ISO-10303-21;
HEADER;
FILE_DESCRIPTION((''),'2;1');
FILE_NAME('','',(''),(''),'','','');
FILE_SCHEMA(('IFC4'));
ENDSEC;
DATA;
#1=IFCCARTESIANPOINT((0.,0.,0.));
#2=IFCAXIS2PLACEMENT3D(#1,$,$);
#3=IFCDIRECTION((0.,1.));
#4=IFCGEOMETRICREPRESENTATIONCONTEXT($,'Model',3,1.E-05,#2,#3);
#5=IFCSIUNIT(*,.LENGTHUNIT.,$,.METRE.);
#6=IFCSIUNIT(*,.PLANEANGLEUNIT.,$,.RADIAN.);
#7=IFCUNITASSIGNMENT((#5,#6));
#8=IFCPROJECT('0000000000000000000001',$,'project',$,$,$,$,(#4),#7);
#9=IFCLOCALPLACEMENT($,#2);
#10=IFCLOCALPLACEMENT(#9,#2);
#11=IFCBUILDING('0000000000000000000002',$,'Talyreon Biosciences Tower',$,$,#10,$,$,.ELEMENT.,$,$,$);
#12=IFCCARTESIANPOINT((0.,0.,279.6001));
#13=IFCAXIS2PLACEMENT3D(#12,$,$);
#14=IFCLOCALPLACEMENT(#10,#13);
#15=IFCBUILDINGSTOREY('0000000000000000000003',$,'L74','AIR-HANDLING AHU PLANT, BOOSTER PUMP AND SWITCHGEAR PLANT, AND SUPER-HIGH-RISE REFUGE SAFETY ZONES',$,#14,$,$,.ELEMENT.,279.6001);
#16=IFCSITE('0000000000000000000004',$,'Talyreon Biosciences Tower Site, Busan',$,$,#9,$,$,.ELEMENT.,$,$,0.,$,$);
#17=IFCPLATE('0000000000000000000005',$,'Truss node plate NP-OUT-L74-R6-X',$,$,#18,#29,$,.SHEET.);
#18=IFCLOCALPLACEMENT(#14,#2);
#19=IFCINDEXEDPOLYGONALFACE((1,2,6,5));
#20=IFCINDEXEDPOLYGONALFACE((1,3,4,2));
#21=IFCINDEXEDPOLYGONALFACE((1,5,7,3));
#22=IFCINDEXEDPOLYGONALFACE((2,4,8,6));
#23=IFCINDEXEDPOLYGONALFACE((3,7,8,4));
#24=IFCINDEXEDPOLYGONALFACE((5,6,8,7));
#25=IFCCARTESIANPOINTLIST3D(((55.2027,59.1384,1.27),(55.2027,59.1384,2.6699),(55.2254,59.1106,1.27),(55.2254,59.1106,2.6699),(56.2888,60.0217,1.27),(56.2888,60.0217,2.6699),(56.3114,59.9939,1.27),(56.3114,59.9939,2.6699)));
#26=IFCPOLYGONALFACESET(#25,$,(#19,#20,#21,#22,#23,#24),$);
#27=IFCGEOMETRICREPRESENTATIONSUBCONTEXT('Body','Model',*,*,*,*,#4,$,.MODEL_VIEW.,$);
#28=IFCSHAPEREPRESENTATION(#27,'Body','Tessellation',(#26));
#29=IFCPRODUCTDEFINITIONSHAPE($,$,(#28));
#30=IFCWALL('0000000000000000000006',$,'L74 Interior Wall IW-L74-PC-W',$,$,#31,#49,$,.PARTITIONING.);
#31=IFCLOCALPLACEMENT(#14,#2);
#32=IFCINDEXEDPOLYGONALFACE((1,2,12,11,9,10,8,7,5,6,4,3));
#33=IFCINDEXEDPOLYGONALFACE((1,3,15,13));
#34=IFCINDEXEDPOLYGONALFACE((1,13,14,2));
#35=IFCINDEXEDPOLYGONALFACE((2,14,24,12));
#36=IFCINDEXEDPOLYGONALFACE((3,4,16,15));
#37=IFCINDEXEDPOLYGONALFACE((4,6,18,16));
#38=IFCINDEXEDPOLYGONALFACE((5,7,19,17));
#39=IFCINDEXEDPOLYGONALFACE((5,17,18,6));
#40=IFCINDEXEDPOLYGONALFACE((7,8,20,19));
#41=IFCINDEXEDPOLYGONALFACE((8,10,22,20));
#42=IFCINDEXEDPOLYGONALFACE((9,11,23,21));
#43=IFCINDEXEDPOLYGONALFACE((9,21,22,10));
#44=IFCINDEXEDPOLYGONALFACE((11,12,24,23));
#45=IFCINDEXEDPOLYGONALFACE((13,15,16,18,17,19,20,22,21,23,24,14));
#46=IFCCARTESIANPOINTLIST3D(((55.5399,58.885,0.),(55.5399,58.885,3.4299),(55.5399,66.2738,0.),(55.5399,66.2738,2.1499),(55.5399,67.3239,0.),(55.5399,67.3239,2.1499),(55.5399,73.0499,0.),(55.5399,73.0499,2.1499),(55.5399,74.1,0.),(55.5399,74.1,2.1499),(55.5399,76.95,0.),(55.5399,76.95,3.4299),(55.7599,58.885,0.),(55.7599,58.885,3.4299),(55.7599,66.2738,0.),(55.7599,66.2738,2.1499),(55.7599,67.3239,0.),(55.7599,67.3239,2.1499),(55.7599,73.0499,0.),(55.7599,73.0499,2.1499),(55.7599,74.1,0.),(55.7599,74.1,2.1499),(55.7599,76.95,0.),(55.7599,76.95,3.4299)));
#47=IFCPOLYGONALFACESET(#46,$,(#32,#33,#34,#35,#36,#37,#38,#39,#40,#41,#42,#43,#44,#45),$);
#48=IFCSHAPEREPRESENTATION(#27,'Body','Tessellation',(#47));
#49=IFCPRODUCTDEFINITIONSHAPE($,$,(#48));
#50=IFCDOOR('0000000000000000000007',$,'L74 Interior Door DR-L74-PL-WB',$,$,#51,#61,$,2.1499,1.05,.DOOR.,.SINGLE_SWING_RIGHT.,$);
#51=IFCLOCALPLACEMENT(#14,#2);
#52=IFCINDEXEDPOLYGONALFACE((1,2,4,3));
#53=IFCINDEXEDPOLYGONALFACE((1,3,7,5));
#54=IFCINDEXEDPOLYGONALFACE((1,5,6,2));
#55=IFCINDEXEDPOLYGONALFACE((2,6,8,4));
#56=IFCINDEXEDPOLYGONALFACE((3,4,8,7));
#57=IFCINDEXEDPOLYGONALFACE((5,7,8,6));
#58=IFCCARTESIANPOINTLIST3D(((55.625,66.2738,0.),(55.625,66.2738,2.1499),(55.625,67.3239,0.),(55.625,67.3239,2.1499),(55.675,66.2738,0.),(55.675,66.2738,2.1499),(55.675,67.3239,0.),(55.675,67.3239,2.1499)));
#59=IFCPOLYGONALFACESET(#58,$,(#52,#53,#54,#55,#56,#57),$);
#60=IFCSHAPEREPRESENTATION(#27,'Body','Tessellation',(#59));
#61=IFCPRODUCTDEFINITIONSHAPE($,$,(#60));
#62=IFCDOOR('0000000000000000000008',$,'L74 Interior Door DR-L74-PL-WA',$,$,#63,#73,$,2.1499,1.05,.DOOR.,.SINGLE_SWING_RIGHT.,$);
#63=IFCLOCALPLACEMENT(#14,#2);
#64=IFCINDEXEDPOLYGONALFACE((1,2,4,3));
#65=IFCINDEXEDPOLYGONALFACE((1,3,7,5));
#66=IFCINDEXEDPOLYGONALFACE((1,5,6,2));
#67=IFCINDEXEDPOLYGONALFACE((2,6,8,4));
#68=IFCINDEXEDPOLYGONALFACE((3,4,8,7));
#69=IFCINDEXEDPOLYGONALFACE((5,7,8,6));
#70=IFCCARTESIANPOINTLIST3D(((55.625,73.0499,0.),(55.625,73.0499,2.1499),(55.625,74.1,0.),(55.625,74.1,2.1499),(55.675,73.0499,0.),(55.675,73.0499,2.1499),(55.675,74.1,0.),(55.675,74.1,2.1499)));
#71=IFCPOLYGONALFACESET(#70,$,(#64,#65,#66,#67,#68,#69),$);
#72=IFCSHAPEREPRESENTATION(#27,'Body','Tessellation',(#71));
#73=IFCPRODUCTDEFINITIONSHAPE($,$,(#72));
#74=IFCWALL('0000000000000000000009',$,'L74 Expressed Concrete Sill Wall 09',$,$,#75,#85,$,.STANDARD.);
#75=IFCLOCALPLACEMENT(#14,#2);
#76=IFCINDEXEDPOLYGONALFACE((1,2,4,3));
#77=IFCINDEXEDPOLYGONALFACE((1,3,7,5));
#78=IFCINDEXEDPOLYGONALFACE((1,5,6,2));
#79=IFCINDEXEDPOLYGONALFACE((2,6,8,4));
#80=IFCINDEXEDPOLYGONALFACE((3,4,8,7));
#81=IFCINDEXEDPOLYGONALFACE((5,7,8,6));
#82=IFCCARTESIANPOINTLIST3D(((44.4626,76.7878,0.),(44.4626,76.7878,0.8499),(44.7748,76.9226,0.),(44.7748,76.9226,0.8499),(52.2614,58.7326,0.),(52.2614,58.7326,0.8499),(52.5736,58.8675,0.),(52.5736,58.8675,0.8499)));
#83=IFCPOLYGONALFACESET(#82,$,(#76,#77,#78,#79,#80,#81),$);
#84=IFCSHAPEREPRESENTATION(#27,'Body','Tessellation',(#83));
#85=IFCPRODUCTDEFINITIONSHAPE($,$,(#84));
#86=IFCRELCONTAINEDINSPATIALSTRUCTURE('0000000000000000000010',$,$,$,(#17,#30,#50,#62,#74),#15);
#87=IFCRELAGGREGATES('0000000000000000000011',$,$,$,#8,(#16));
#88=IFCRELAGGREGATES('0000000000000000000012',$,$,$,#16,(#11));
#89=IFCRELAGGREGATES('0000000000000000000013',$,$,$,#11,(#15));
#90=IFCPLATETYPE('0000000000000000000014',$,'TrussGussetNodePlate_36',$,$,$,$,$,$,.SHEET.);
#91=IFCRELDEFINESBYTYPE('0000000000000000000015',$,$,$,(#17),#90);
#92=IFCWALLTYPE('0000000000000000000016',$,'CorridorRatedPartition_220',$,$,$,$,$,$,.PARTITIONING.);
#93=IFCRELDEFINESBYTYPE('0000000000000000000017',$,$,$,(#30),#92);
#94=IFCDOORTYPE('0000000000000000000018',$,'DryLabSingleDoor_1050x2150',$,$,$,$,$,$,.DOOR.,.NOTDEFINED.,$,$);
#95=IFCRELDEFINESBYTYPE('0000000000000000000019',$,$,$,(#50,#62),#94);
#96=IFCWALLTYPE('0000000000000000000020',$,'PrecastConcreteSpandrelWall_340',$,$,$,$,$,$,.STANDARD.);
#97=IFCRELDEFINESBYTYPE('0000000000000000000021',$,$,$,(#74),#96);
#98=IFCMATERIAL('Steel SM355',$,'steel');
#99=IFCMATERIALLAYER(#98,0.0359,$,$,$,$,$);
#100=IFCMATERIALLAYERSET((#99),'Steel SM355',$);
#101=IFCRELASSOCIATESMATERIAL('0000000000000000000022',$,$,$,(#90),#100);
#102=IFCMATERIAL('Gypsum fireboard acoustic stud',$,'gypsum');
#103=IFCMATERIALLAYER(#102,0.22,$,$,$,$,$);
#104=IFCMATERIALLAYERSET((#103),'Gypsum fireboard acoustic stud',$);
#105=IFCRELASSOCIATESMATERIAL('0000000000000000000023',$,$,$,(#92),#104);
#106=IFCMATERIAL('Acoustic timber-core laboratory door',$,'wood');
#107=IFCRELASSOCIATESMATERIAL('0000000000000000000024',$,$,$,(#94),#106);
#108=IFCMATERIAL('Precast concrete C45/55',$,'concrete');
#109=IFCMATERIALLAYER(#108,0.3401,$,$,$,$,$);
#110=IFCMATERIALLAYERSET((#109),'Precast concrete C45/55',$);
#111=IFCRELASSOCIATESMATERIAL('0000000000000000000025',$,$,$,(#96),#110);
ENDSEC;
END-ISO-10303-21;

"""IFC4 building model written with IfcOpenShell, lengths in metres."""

from ifc_helpers import new_model, si_unit, direction, frame, frame_2d, origin, origin_2d, place, context, subcontext, project, spatial, rectangle, extrude, material, layer, layer_set, type_object, element, fill, save


model = new_model("IFC4")

# Units and contexts
model_context = context("Model", 3, precision=1e-05, world=origin(), true_north=direction((0.0, 1.0)))
body_context = subcontext(model_context, "Body", "Model", "MODEL_VIEW")
ifc_project = project(units=[si_unit("LENGTHUNIT", "METRE"), si_unit("PLANEANGLEUNIT", "RADIAN")], contexts=[model_context])

# Site, building, storey
site_placement = place(None, origin())
site = spatial("IfcSite", under=ifc_project, at=site_placement, Name="Talyreon Biosciences Tower Site, Busan", CompositionType="ELEMENT", RefElevation=0.0)
building_placement = place(site_placement, origin())
building = spatial("IfcBuilding", under=site, at=building_placement, Name="Talyreon Biosciences Tower", CompositionType="ELEMENT")
storey_placement = place(building_placement, frame((0.0, 0.0, 279.6001)))
storey = spatial("IfcBuildingStorey", under=building, at=storey_placement, Name="L74", Description="AIR-HANDLING AHU PLANT, BOOSTER PUMP AND SWITCHGEAR PLANT, AND SUPER-HIGH-RISE REFUGE SAFETY ZONES", CompositionType="ELEMENT", Elevation=279.6001)

# Shared definitions
ifc_material_1 = material(Name="Steel SM355", Category="steel")

# Shared definitions
ifc_material_2 = material(Name="Precast concrete C45/55", Category="concrete")

# Plate
ifc_layer_1 = layer(ifc_material_1, 0.0359)
ifc_layer_set_1 = layer_set([ifc_layer_1], Name="Steel SM355")
plate_type_1 = type_object("IfcPlateType", Name="TrussGussetNodePlate_36", PredefinedType="SHEET", material=ifc_layer_set_1)
plate_placement = place(storey_placement, frame((55.7571, 59.5662, 1.27), z_axis=(0.0, 0.0, 1.0), x_axis=(-0.775793, -0.630987, 0.0)))
element("IfcPlate", 1, at=plate_placement, inside=storey, type_object=plate_type_1, Name="Truss node plate NP-OUT-L74-R6-X", PredefinedType="SHEET", context=body_context, shape_type="SweptSolid", body=[
    extrude(rectangle(XDim=1.3999, YDim=0.0359, at=origin_2d()), origin(), (0.0, 0.0, 1.0), 1.3999),
])

# Wall, openings, doors
ifc_material_3 = material(Name="Gypsum fireboard acoustic stud", Category="gypsum")
ifc_layer_2 = layer(ifc_material_3, 0.22)
ifc_layer_set_2 = layer_set([ifc_layer_2], Name="Gypsum fireboard acoustic stud")
wall_type_1 = type_object("IfcWallType", Name="CorridorRatedPartition_220", PredefinedType="PARTITIONING", material=ifc_layer_set_2)
wall_1_placement = place(storey_placement, frame((55.6499, 58.885, 0.0), z_axis=(0.0, 0.0, 1.0), x_axis=(0.0, 1.0, 0.0)))
wall_1 = element("IfcWall", 2, at=wall_1_placement, inside=storey, type_object=wall_type_1, Name="L74 Interior Wall IW-L74-PC-W", PredefinedType="PARTITIONING", context=body_context, shape_type="SweptSolid", body=[
    extrude(rectangle(XDim=18.0649, YDim=0.22, at=frame_2d((9.0325, 0.0))), origin(), (0.0, 0.0, 1.0), 3.4299),
])
opening_1_placement = place(wall_1_placement, frame((7.3889, 0.0, 0.0)))
opening_1 = element("IfcOpeningElement", 3, at=opening_1_placement, cuts=wall_1, PredefinedType="OPENING", context=body_context, shape_type="SweptSolid", body=[
    extrude(rectangle(XDim=1.05, YDim=2.1499, at=frame_2d((0.5249, 1.075))), frame((0.0, 0.1199, 0.0), z_axis=(0.0, -1.0, 0.0), x_axis=(1.0, 0.0, 0.0)), (0.0, 0.0, 1.0), 0.24),
])
opening_2_placement = place(wall_1_placement, frame((14.165, 0.0, 0.0)))
opening_2 = element("IfcOpeningElement", 4, at=opening_2_placement, cuts=wall_1, PredefinedType="OPENING", context=body_context, shape_type="SweptSolid", body=[
    extrude(rectangle(XDim=1.05, YDim=2.1499, at=frame_2d((0.5249, 1.075))), frame((0.0, 0.1199, 0.0), z_axis=(0.0, -1.0, 0.0), x_axis=(1.0, 0.0, 0.0)), (0.0, 0.0, 1.0), 0.24),
])
ifc_material_4 = material(Name="Acoustic timber-core laboratory door", Category="wood")
door_type = type_object("IfcDoorType", Name="DryLabSingleDoor_1050x2150", OperationType="NOTDEFINED", PredefinedType="DOOR", material=ifc_material_4)
door_1_placement = place(opening_1_placement, origin())
door_1 = element("IfcDoor", 5, at=door_1_placement, inside=storey, type_object=door_type, Name="L74 Interior Door DR-L74-PL-WB", OperationType="SINGLE_SWING_RIGHT", OverallHeight=2.1499, OverallWidth=1.05, PredefinedType="DOOR", context=body_context, shape_type="SweptSolid", body=[
    extrude(rectangle(XDim=1.05, YDim=2.1499, at=frame_2d((0.5249, 1.075))), frame((0.0, 0.0249, 0.0), z_axis=(0.0, -1.0, 0.0), x_axis=(1.0, 0.0, 0.0)), (0.0, 0.0, 1.0), 0.05),
])
fill(opening_1, door_1)
door_2_placement = place(opening_2_placement, origin())
door_2 = element("IfcDoor", 6, at=door_2_placement, inside=storey, type_object=door_type, Name="L74 Interior Door DR-L74-PL-WA", OperationType="SINGLE_SWING_RIGHT", OverallHeight=2.1499, OverallWidth=1.05, PredefinedType="DOOR", context=body_context, shape_type="SweptSolid", body=[
    extrude(rectangle(XDim=1.05, YDim=2.1499, at=frame_2d((0.5249, 1.075))), frame((0.0, 0.0249, 0.0), z_axis=(0.0, -1.0, 0.0), x_axis=(1.0, 0.0, 0.0)), (0.0, 0.0, 1.0), 0.05),
])
fill(opening_2, door_2)

# Wall
ifc_layer_3 = layer(ifc_material_2, 0.3401)
ifc_layer_set_3 = layer_set([ifc_layer_3], Name="Precast concrete C45/55")
wall_type_2 = type_object("IfcWallType", Name="PrecastConcreteSpandrelWall_340", PredefinedType="STANDARD", material=ifc_layer_set_3)
wall_2_placement = place(storey_placement, frame((52.4175, 58.8, 0.0), z_axis=(0.0, 0.0, 1.0), x_axis=(-0.396534, 0.91802, 0.0)))
element("IfcWall", 7, at=wall_2_placement, inside=storey, type_object=wall_type_2, Name="L74 Expressed Concrete Sill Wall 09", PredefinedType="STANDARD", context=body_context, shape_type="SweptSolid", body=[
    extrude(rectangle(XDim=19.6675, YDim=0.3401, at=frame_2d((9.8337, 0.0))), origin(), (0.0, 0.0, 1.0), 0.8499),
])

save(model, "model.ifc")
